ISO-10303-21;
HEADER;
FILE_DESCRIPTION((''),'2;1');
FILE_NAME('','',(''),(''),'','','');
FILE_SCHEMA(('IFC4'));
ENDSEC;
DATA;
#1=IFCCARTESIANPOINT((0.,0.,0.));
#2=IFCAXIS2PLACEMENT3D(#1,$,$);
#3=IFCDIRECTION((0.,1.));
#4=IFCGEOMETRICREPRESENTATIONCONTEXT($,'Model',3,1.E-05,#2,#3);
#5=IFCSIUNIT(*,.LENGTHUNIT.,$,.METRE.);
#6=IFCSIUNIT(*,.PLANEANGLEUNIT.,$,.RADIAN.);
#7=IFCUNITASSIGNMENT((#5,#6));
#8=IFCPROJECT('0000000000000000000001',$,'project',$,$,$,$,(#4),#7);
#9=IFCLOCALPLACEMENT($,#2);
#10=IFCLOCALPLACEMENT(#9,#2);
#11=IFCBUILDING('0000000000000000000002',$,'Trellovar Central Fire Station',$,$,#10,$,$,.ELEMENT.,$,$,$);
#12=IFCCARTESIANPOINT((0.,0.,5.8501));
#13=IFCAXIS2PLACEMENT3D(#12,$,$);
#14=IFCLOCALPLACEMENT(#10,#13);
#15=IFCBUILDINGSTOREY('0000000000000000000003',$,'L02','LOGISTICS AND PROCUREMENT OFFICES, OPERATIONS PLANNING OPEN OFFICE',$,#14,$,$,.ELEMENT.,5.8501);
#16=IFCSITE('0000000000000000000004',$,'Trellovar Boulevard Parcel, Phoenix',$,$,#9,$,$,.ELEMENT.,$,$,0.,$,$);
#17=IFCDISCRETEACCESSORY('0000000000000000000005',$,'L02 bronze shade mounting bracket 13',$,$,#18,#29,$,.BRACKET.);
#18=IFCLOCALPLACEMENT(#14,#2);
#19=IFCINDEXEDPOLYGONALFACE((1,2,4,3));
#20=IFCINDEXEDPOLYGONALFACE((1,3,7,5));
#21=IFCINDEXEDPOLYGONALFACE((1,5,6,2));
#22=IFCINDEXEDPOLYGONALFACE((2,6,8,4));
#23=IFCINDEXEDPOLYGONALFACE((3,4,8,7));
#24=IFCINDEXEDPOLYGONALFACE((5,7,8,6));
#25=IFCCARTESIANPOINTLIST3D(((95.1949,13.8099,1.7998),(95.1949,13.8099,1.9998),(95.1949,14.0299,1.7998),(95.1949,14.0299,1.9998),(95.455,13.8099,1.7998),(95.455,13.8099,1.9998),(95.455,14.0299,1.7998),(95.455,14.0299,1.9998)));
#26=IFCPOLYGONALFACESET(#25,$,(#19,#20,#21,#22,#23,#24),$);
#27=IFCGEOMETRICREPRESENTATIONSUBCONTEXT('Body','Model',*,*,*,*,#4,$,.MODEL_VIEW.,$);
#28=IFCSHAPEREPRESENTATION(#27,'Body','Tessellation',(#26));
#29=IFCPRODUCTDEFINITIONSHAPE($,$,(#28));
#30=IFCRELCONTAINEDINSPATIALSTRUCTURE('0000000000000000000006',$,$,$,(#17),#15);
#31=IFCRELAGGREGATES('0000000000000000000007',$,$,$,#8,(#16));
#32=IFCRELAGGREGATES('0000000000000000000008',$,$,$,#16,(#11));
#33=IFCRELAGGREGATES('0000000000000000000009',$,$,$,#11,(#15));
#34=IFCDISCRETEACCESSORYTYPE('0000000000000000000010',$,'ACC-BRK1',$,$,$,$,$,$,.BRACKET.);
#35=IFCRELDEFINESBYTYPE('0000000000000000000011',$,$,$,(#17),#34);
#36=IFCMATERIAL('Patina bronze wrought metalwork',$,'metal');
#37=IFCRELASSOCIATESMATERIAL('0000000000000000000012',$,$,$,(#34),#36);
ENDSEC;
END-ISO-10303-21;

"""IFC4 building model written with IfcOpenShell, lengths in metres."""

from ifc_helpers import new_model, si_unit, direction, frame, origin, origin_2d, place, context, subcontext, project, spatial, rectangle, extrude, material, type_object, element, save


model = new_model("IFC4")

# Units and contexts
model_context = context("Model", 3, precision=1e-05, world=origin(), true_north=direction((0.0, 1.0)))
body_context = subcontext(model_context, "Body", "Model", "MODEL_VIEW")
ifc_project = project(units=[si_unit("LENGTHUNIT", "METRE"), si_unit("PLANEANGLEUNIT", "RADIAN")], contexts=[model_context])

# Site, building, storey
site_placement = place(None, origin())
site = spatial("IfcSite", under=ifc_project, at=site_placement, Name="Trellovar Boulevard Parcel, Phoenix", CompositionType="ELEMENT", RefElevation=0.0)
building_placement = place(site_placement, origin())
building = spatial("IfcBuilding", under=site, at=building_placement, Name="Trellovar Central Fire Station", CompositionType="ELEMENT")
storey_placement = place(building_placement, frame((0.0, 0.0, 5.8501)))
storey = spatial("IfcBuildingStorey", under=building, at=storey_placement, Name="L02", Description="LOGISTICS AND PROCUREMENT OFFICES, OPERATIONS PLANNING OPEN OFFICE", CompositionType="ELEMENT", Elevation=5.8501)

# Discrete accessory
ifc_material_1 = material(Name="Patina bronze wrought metalwork", Category="metal")
discrete_accessory_type = type_object("IfcDiscreteAccessoryType", Name="ACC-BRK1", PredefinedType="BRACKET", material=ifc_material_1)
discrete_accessory_placement = place(storey_placement, frame((95.325, 13.9199, 1.7998), z_axis=(0.0, 0.0, 1.0), x_axis=(1.0, 0.0, 0.0)))
element("IfcDiscreteAccessory", 1, at=discrete_accessory_placement, inside=storey, type_object=discrete_accessory_type, Name="L02 bronze shade mounting bracket 13", PredefinedType="BRACKET", context=body_context, shape_type="SweptSolid", body=[
    extrude(rectangle(XDim=0.26, YDim=0.22, at=origin_2d()), origin(), (0.0, 0.0, 1.0), 0.2),
])

save(model, "model.ifc")
